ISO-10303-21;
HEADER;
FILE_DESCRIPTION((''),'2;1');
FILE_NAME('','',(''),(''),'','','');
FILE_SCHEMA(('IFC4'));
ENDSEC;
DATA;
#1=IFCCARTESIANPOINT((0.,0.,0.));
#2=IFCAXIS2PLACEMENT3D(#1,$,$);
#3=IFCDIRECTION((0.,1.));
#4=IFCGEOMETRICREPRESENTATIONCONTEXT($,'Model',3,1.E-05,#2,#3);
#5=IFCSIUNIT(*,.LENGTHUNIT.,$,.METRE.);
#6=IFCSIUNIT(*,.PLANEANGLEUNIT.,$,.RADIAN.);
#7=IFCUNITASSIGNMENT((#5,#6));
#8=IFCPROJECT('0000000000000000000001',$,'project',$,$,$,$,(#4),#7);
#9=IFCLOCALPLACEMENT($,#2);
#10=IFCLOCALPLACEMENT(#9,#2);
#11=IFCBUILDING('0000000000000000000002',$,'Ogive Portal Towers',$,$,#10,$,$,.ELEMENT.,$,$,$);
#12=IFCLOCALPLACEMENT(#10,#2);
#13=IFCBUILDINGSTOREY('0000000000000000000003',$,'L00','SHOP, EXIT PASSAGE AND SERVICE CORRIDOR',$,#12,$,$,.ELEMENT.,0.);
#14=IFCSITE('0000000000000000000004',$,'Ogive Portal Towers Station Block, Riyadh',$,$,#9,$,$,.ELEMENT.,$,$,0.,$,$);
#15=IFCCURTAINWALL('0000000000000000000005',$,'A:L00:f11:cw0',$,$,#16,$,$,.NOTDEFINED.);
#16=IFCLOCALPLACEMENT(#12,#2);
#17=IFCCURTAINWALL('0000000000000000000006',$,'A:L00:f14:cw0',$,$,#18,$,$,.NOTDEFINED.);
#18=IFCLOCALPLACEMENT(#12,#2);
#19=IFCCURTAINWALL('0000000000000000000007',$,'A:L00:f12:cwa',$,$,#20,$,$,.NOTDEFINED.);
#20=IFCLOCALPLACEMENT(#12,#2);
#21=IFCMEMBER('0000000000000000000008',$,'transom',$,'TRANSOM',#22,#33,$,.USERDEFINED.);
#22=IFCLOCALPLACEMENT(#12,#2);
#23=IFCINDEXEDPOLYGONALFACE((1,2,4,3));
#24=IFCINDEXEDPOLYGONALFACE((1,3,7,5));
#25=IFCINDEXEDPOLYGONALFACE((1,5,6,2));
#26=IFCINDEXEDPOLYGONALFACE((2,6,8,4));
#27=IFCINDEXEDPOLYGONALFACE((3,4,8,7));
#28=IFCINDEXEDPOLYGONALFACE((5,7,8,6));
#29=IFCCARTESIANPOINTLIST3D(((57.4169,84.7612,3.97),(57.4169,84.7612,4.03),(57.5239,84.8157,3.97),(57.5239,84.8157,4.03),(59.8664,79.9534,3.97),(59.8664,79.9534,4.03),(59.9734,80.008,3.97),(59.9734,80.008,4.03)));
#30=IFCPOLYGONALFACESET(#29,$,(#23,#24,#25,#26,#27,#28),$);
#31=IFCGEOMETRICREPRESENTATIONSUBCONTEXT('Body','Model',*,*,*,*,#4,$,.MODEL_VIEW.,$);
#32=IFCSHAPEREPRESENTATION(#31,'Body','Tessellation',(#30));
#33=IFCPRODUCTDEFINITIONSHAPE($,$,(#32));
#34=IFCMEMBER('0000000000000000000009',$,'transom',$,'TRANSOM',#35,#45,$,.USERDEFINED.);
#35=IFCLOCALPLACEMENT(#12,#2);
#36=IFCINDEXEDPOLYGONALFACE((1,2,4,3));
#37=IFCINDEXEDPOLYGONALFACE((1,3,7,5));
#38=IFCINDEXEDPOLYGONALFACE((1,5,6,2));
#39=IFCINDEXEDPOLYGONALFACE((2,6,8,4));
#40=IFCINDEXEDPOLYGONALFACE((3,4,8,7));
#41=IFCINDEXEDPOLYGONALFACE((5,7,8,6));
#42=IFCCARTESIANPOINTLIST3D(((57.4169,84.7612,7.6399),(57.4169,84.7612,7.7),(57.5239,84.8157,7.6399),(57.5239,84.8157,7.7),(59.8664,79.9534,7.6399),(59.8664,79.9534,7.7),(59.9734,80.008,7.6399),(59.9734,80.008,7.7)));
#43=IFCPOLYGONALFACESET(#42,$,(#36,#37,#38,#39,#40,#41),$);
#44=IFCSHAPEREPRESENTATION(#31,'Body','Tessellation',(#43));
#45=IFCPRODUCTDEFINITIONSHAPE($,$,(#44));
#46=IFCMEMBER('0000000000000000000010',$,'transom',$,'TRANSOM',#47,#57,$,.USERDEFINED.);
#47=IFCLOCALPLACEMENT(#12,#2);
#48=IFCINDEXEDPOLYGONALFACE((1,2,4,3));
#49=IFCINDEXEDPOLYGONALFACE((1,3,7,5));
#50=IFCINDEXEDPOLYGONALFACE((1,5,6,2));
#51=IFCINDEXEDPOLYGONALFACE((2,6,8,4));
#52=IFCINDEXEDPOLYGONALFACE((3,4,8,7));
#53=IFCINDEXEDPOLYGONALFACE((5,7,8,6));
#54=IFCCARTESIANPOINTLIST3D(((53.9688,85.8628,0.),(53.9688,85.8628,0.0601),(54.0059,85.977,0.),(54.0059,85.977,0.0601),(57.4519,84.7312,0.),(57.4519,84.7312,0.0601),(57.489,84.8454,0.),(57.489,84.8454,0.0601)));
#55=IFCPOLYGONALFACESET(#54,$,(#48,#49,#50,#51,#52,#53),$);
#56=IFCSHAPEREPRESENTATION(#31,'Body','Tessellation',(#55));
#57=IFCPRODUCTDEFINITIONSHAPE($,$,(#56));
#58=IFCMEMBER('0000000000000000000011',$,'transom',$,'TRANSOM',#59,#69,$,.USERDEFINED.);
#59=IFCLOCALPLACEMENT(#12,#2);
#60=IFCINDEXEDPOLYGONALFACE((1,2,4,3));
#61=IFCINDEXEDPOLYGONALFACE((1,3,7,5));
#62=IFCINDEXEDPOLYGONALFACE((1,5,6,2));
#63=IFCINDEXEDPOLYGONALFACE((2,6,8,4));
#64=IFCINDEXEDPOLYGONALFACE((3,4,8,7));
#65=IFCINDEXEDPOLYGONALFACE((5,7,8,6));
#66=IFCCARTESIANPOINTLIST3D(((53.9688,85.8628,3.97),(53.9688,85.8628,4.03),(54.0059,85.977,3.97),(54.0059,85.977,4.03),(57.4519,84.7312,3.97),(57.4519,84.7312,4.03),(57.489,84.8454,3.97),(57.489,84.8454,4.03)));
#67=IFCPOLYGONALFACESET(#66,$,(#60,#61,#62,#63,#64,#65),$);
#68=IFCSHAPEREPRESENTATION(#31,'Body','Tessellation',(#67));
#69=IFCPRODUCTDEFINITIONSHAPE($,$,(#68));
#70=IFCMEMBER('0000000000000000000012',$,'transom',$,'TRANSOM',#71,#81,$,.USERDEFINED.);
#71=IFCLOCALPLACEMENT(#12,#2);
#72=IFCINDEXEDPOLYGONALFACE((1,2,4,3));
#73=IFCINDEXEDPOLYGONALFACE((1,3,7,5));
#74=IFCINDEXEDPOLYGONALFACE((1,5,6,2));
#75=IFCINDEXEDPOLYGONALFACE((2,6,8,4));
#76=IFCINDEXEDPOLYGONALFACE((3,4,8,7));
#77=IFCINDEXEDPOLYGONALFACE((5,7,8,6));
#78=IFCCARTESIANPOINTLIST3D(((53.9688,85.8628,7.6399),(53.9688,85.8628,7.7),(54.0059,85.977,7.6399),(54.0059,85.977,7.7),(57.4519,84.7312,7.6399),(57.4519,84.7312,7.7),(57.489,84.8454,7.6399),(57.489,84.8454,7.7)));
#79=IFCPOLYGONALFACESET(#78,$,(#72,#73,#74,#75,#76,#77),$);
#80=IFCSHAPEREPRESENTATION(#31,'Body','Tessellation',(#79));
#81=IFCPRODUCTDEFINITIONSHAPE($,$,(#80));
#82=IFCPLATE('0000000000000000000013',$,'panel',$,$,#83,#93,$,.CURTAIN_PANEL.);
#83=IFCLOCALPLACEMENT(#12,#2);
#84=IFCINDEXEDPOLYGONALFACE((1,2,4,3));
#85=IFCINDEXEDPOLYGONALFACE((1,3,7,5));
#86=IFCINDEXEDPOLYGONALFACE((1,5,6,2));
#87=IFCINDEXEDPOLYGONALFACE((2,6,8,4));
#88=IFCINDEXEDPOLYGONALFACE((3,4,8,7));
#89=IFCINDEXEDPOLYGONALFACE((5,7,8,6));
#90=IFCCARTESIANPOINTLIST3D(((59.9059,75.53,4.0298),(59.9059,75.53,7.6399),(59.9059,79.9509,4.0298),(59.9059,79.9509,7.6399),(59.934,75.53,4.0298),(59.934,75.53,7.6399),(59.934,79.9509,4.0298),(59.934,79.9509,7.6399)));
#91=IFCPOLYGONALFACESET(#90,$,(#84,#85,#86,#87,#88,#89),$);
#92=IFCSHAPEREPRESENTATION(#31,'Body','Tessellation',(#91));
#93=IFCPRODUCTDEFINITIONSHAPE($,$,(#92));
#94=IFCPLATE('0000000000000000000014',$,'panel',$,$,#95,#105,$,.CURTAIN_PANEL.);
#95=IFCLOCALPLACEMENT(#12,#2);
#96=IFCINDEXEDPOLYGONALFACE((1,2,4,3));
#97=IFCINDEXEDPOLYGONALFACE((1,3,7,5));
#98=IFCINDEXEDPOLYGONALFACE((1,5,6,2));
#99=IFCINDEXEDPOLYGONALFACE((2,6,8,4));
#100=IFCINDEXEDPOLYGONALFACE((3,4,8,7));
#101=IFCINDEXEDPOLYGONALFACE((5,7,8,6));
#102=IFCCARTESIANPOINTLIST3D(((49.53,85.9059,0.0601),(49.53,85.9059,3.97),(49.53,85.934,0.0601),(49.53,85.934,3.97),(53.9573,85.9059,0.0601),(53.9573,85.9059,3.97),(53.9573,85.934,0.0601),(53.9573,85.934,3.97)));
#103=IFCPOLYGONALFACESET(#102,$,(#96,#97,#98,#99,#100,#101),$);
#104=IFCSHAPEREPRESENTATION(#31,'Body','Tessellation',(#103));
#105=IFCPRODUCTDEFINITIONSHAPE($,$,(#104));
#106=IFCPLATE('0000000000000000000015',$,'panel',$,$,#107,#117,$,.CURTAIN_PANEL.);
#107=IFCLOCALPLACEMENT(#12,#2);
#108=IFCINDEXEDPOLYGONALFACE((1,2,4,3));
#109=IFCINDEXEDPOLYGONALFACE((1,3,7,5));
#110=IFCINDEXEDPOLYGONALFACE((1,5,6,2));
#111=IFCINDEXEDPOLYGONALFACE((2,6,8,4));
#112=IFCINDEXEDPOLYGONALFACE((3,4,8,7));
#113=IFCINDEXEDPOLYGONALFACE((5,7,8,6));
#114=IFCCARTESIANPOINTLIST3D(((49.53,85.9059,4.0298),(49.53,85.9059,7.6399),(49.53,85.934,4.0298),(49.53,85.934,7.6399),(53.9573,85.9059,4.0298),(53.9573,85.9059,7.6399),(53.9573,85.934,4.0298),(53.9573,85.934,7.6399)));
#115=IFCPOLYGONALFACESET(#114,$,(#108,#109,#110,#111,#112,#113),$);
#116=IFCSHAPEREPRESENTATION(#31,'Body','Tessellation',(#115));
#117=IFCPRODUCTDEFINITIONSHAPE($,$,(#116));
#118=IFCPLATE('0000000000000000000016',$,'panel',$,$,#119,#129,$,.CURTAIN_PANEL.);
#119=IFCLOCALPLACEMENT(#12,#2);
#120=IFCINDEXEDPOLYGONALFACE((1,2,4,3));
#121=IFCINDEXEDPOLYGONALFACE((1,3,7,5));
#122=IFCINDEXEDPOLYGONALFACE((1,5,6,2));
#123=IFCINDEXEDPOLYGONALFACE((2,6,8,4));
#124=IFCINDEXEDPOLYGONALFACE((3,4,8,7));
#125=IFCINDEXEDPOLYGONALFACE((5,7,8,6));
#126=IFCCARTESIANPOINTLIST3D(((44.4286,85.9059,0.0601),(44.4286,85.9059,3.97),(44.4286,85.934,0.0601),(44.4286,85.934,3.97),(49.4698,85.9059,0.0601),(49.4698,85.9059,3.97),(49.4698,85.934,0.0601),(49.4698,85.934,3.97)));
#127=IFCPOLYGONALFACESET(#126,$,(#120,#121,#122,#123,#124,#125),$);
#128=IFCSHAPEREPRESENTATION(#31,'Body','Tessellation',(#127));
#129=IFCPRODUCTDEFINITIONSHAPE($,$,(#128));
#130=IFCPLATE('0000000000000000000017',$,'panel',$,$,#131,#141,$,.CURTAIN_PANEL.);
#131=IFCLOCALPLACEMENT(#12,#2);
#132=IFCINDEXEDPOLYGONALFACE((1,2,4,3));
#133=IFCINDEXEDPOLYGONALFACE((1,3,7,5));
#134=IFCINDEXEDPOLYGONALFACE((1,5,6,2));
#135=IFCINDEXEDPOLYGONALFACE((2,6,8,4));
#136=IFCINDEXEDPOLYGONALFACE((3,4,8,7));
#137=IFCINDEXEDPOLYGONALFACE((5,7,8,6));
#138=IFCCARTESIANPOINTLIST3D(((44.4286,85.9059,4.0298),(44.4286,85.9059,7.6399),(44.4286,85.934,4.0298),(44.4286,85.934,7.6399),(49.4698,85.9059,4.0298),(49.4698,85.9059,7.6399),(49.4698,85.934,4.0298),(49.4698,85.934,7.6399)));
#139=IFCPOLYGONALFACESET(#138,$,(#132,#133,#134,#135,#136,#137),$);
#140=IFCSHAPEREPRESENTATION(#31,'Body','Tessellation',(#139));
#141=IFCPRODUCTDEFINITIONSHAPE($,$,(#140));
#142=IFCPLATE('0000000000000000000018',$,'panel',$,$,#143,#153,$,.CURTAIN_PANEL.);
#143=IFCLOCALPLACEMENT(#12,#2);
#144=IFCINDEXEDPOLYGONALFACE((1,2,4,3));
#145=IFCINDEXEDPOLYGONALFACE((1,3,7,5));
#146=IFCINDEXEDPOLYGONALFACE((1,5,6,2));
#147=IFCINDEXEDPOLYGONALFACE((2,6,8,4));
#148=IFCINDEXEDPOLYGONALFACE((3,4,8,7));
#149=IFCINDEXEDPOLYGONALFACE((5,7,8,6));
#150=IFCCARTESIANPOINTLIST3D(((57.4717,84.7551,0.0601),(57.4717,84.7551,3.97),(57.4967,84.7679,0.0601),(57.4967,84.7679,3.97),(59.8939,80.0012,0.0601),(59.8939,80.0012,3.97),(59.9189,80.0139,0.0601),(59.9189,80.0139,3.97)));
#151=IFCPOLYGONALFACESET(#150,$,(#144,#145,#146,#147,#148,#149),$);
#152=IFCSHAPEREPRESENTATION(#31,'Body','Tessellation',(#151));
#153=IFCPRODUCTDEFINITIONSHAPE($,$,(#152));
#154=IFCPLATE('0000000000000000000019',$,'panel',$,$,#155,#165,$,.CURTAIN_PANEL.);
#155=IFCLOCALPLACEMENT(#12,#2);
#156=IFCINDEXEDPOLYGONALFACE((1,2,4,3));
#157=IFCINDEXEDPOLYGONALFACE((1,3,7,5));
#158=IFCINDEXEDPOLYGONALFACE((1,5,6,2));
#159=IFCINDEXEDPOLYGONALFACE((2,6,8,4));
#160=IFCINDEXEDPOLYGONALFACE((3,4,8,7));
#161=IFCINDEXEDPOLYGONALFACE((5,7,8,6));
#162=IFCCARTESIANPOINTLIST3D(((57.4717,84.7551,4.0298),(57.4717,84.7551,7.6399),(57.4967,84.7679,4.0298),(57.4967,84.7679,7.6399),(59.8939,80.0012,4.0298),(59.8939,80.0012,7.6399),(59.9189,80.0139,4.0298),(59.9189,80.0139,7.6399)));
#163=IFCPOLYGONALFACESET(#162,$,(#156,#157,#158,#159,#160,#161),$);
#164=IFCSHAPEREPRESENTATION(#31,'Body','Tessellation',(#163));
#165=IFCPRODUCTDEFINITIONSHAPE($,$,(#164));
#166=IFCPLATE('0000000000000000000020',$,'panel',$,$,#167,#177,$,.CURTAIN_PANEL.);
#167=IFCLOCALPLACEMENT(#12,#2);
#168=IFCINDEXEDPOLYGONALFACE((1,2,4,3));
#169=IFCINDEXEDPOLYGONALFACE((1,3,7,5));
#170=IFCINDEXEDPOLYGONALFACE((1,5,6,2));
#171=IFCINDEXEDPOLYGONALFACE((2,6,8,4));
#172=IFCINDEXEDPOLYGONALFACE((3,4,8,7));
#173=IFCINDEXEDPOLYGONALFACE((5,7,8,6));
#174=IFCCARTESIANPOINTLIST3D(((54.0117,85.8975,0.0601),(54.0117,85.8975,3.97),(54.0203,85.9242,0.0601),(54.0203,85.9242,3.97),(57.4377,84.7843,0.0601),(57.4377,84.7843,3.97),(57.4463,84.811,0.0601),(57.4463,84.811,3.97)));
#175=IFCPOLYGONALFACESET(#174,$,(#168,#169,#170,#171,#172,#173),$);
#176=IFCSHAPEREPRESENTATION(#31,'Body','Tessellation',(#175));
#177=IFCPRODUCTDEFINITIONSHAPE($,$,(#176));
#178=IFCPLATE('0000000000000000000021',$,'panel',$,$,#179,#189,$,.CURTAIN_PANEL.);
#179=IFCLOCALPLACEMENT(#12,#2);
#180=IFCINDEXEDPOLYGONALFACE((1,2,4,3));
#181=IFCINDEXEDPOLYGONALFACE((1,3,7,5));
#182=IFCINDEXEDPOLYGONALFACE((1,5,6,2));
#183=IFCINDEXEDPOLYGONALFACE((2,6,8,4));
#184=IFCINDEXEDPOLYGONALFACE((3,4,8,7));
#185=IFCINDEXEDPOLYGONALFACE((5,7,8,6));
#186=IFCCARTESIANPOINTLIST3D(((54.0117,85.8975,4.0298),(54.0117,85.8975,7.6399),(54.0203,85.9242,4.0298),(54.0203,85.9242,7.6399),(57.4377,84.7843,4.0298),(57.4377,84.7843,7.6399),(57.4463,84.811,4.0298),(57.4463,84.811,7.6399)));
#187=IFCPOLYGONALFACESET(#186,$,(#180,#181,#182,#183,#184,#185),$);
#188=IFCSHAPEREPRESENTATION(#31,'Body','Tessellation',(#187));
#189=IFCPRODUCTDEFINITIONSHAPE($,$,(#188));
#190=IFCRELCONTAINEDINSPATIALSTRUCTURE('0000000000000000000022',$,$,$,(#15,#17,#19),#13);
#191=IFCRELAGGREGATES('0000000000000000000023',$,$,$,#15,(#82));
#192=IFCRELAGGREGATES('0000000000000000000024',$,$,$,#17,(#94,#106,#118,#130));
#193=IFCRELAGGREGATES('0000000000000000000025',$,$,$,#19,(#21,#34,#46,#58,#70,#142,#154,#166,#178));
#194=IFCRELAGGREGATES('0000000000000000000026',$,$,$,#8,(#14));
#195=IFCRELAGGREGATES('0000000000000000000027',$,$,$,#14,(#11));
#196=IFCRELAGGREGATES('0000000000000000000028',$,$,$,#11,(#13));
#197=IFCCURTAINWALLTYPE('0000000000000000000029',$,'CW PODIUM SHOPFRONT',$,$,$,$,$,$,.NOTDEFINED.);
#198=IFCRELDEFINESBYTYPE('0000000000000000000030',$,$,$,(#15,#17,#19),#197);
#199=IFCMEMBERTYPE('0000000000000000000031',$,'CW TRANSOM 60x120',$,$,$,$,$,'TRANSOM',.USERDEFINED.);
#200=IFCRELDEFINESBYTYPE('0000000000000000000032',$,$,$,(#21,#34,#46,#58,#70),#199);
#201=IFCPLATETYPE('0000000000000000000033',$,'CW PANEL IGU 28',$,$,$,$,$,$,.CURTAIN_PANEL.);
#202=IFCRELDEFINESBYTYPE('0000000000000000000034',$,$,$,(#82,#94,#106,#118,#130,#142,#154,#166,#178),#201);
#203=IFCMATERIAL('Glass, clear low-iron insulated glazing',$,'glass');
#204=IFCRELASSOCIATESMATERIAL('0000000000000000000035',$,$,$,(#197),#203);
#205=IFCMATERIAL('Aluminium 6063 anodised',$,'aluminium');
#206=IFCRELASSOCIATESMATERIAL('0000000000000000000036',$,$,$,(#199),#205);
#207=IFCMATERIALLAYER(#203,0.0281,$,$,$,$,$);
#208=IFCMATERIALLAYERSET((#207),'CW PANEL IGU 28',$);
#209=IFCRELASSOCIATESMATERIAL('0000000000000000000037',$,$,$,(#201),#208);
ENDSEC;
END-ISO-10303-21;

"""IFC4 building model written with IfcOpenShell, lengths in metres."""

from ifc_helpers import new_model, si_unit, direction, frame, origin, origin_2d, place, context, subcontext, project, spatial, rectangle, extrude, material, layer, layer_set, material_profile, profile_set, type_object, element, aggregate, save


model = new_model("IFC4")

# Units and contexts
model_context = context("Model", 3, precision=1e-05, world=origin(), true_north=direction((0.0, 1.0)))
body_context = subcontext(model_context, "Body", "Model", "MODEL_VIEW")
ifc_project = project(units=[si_unit("LENGTHUNIT", "METRE"), si_unit("PLANEANGLEUNIT", "RADIAN")], contexts=[model_context])

# Site, building, storey
site_placement = place(None, origin())
site = spatial("IfcSite", under=ifc_project, at=site_placement, Name="Ogive Portal Towers Station Block, Riyadh", CompositionType="ELEMENT", RefElevation=0.0)
building_placement = place(site_placement, origin())
building = spatial("IfcBuilding", under=site, at=building_placement, Name="Ogive Portal Towers", CompositionType="ELEMENT")
storey_placement = place(building_placement, origin())
storey = spatial("IfcBuildingStorey", under=building, at=storey_placement, Name="L00", Description="SHOP, EXIT PASSAGE AND SERVICE CORRIDOR", CompositionType="ELEMENT", Elevation=0.0)

# Curtain wall
ifc_material_1 = material(Name="Glass, clear low-iron insulated glazing", Category="glass")
curtain_wall_type = type_object("IfcCurtainWallType", Name="CW PODIUM SHOPFRONT", PredefinedType="NOTDEFINED", material=ifc_material_1)
curtain_wall_1_placement = place(storey_placement, origin())
curtain_wall_1 = element("IfcCurtainWall", 1, at=curtain_wall_1_placement, inside=storey, type_object=curtain_wall_type, Name="A:L00:f11:cw0", PredefinedType="NOTDEFINED")
ifc_material_2 = material(Name="Aluminium 6063 anodised", Category="aluminium")

# Curtain wall
curtain_wall_2_placement = place(storey_placement, origin())
curtain_wall_2 = element("IfcCurtainWall", 2, at=curtain_wall_2_placement, inside=storey, type_object=curtain_wall_type, Name="A:L00:f14:cw0", PredefinedType="NOTDEFINED")

# Curtain wall
curtain_wall_3_placement = place(storey_placement, origin())
curtain_wall_3 = element("IfcCurtainWall", 3, at=curtain_wall_3_placement, inside=storey, type_object=curtain_wall_type, Name="A:L00:f12:cwa", PredefinedType="NOTDEFINED")

# Members
ifc_material_profile_1 = material_profile(ifc_material_2, rectangle(XDim=0.1201, YDim=0.0601, at=origin_2d()), Name="AL 120x60")
ifc_profile_set_1 = profile_set([ifc_material_profile_1], Name="Aluminium 6063 anodised")
member_type_1 = type_object("IfcMemberType", Name="CW TRANSOM 60x120", ElementType="TRANSOM", PredefinedType="USERDEFINED", material=ifc_profile_set_1)
member_1_placement = place(storey_placement, frame((59.9199, 79.9807, 4.0), z_axis=(-0.45397, 0.891017, 0.0), x_axis=(-0.891017, -0.45397, 0.0)))
member_1 = element("IfcMember", 4, at=member_1_placement, type_object=member_type_1, Name="transom", ObjectType="TRANSOM", PredefinedType="USERDEFINED", context=body_context, shape_type="SweptSolid", body=[
    extrude(rectangle(XDim=0.1201, YDim=0.0601, at=origin_2d()), origin(), (0.0, 0.0, 1.0), 5.3958),
])
member_2_placement = place(storey_placement, frame((59.9199, 79.9807, 7.6699), z_axis=(-0.45397, 0.891017, 0.0), x_axis=(-0.891017, -0.45397, 0.0)))
member_2 = element("IfcMember", 5, at=member_2_placement, type_object=member_type_1, Name="transom", ObjectType="TRANSOM", PredefinedType="USERDEFINED", context=body_context, shape_type="SweptSolid", body=[
    extrude(rectangle(XDim=0.1201, YDim=0.0601, at=origin_2d()), origin(), (0.0, 0.0, 1.0), 5.3958),
])
member_3_placement = place(storey_placement, frame((57.4705, 84.7883, 0.03), z_axis=(-0.951069, 0.308979, 0.0), x_axis=(-0.308979, -0.951069, 0.0)))
member_3 = element("IfcMember", 6, at=member_3_placement, type_object=member_type_1, Name="transom", ObjectType="TRANSOM", PredefinedType="USERDEFINED", context=body_context, shape_type="SweptSolid", body=[
    extrude(rectangle(XDim=0.1201, YDim=0.0601, at=origin_2d()), origin(), (0.0, 0.0, 1.0), 3.6624),
])
member_4_placement = place(storey_placement, frame((57.4705, 84.7883, 4.0), z_axis=(-0.951069, 0.308979, 0.0), x_axis=(-0.308979, -0.951069, 0.0)))
member_4 = element("IfcMember", 7, at=member_4_placement, type_object=member_type_1, Name="transom", ObjectType="TRANSOM", PredefinedType="USERDEFINED", context=body_context, shape_type="SweptSolid", body=[
    extrude(rectangle(XDim=0.1201, YDim=0.0601, at=origin_2d()), origin(), (0.0, 0.0, 1.0), 3.6624),
])
member_5_placement = place(storey_placement, frame((57.4705, 84.7883, 7.6699), z_axis=(-0.951069, 0.308979, 0.0), x_axis=(-0.308979, -0.951069, 0.0)))
member_5 = element("IfcMember", 8, at=member_5_placement, type_object=member_type_1, Name="transom", ObjectType="TRANSOM", PredefinedType="USERDEFINED", context=body_context, shape_type="SweptSolid", body=[
    extrude(rectangle(XDim=0.1201, YDim=0.0601, at=origin_2d()), origin(), (0.0, 0.0, 1.0), 3.6624),
])

# Plates
ifc_layer_1 = layer(ifc_material_1, 0.0281)
ifc_layer_set_1 = layer_set([ifc_layer_1], Name="CW PANEL IGU 28")
plate_type = type_object("IfcPlateType", Name="CW PANEL IGU 28", PredefinedType="CURTAIN_PANEL", material=ifc_layer_set_1)
plate_1_placement = place(storey_placement, frame((59.9199, 77.7405, 4.0298), z_axis=(0.0, 0.0, 1.0), x_axis=(0.0, 1.0, 0.0)))
plate_1 = element("IfcPlate", 9, at=plate_1_placement, type_object=plate_type, Name="panel", PredefinedType="CURTAIN_PANEL", context=body_context, shape_type="SweptSolid", body=[
    extrude(rectangle(XDim=4.4209, YDim=0.0281, at=origin_2d()), origin(), (0.0, 0.0, 1.0), 3.6101),
])
aggregate(curtain_wall_1, [plate_1])
plate_2_placement = place(storey_placement, frame((51.7437, 85.9199, 0.0601), z_axis=(0.0, 0.0, 1.0), x_axis=(-1.0, 0.0, 0.0)))
plate_2 = element("IfcPlate", 10, at=plate_2_placement, type_object=plate_type, Name="panel", PredefinedType="CURTAIN_PANEL", context=body_context, shape_type="SweptSolid", body=[
    extrude(rectangle(XDim=4.4272, YDim=0.0281, at=origin_2d()), origin(), (0.0, 0.0, 1.0), 3.9099),
])
plate_3_placement = place(storey_placement, frame((51.7437, 85.9199, 4.0298), z_axis=(0.0, 0.0, 1.0), x_axis=(-1.0, 0.0, 0.0)))
plate_3 = element("IfcPlate", 11, at=plate_3_placement, type_object=plate_type, Name="panel", PredefinedType="CURTAIN_PANEL", context=body_context, shape_type="SweptSolid", body=[
    extrude(rectangle(XDim=4.4272, YDim=0.0281, at=origin_2d()), origin(), (0.0, 0.0, 1.0), 3.6101),
])
plate_4_placement = place(storey_placement, frame((46.9492, 85.9199, 0.0601), z_axis=(0.0, 0.0, 1.0), x_axis=(-1.0, 0.0, 0.0)))
plate_4 = element("IfcPlate", 12, at=plate_4_placement, type_object=plate_type, Name="panel", PredefinedType="CURTAIN_PANEL", context=body_context, shape_type="SweptSolid", body=[
    extrude(rectangle(XDim=5.0413, YDim=0.0281, at=origin_2d()), origin(), (0.0, 0.0, 1.0), 3.9099),
])
plate_5_placement = place(storey_placement, frame((46.9492, 85.9199, 4.0298), z_axis=(0.0, 0.0, 1.0), x_axis=(-1.0, 0.0, 0.0)))
plate_5 = element("IfcPlate", 13, at=plate_5_placement, type_object=plate_type, Name="panel", PredefinedType="CURTAIN_PANEL", context=body_context, shape_type="SweptSolid", body=[
    extrude(rectangle(XDim=5.0413, YDim=0.0281, at=origin_2d()), origin(), (0.0, 0.0, 1.0), 3.6101),
])
aggregate(curtain_wall_2, [plate_2, plate_3, plate_4, plate_5])
plate_6_placement = place(storey_placement, frame((58.6953, 82.3845, 0.0601), z_axis=(0.0, 0.0, 1.0), x_axis=(-0.45399, 0.891007, 0.0)))
plate_6 = element("IfcPlate", 14, at=plate_6_placement, type_object=plate_type, Name="panel", PredefinedType="CURTAIN_PANEL", context=body_context, shape_type="SweptSolid", body=[
    extrude(rectangle(XDim=5.3354, YDim=0.0281, at=origin_2d()), origin(), (0.0, 0.0, 1.0), 3.9099),
])
plate_7_placement = place(storey_placement, frame((58.6953, 82.3845, 4.0298), z_axis=(0.0, 0.0, 1.0), x_axis=(-0.45399, 0.891007, 0.0)))
plate_7 = element("IfcPlate", 15, at=plate_7_placement, type_object=plate_type, Name="panel", PredefinedType="CURTAIN_PANEL", context=body_context, shape_type="SweptSolid", body=[
    extrude(rectangle(XDim=5.3354, YDim=0.0281, at=origin_2d()), origin(), (0.0, 0.0, 1.0), 3.6101),
])
plate_8_placement = place(storey_placement, frame((55.729, 85.3542, 0.0601), z_axis=(0.0, 0.0, 1.0), x_axis=(-0.951057, 0.309017, 0.0)))
plate_8 = element("IfcPlate", 16, at=plate_8_placement, type_object=plate_type, Name="panel", PredefinedType="CURTAIN_PANEL", context=body_context, shape_type="SweptSolid", body=[
    extrude(rectangle(XDim=3.6023, YDim=0.0281, at=origin_2d()), origin(), (0.0, 0.0, 1.0), 3.9099),
])
plate_9_placement = place(storey_placement, frame((55.729, 85.3542, 4.0298), z_axis=(0.0, 0.0, 1.0), x_axis=(-0.951057, 0.309017, 0.0)))
plate_9 = element("IfcPlate", 17, at=plate_9_placement, type_object=plate_type, Name="panel", PredefinedType="CURTAIN_PANEL", context=body_context, shape_type="SweptSolid", body=[
    extrude(rectangle(XDim=3.6023, YDim=0.0281, at=origin_2d()), origin(), (0.0, 0.0, 1.0), 3.6101),
])
aggregate(curtain_wall_3, [member_1, member_2, member_3, member_4, member_5, plate_6, plate_7, plate_8, plate_9])

save(model, "model.ifc")
